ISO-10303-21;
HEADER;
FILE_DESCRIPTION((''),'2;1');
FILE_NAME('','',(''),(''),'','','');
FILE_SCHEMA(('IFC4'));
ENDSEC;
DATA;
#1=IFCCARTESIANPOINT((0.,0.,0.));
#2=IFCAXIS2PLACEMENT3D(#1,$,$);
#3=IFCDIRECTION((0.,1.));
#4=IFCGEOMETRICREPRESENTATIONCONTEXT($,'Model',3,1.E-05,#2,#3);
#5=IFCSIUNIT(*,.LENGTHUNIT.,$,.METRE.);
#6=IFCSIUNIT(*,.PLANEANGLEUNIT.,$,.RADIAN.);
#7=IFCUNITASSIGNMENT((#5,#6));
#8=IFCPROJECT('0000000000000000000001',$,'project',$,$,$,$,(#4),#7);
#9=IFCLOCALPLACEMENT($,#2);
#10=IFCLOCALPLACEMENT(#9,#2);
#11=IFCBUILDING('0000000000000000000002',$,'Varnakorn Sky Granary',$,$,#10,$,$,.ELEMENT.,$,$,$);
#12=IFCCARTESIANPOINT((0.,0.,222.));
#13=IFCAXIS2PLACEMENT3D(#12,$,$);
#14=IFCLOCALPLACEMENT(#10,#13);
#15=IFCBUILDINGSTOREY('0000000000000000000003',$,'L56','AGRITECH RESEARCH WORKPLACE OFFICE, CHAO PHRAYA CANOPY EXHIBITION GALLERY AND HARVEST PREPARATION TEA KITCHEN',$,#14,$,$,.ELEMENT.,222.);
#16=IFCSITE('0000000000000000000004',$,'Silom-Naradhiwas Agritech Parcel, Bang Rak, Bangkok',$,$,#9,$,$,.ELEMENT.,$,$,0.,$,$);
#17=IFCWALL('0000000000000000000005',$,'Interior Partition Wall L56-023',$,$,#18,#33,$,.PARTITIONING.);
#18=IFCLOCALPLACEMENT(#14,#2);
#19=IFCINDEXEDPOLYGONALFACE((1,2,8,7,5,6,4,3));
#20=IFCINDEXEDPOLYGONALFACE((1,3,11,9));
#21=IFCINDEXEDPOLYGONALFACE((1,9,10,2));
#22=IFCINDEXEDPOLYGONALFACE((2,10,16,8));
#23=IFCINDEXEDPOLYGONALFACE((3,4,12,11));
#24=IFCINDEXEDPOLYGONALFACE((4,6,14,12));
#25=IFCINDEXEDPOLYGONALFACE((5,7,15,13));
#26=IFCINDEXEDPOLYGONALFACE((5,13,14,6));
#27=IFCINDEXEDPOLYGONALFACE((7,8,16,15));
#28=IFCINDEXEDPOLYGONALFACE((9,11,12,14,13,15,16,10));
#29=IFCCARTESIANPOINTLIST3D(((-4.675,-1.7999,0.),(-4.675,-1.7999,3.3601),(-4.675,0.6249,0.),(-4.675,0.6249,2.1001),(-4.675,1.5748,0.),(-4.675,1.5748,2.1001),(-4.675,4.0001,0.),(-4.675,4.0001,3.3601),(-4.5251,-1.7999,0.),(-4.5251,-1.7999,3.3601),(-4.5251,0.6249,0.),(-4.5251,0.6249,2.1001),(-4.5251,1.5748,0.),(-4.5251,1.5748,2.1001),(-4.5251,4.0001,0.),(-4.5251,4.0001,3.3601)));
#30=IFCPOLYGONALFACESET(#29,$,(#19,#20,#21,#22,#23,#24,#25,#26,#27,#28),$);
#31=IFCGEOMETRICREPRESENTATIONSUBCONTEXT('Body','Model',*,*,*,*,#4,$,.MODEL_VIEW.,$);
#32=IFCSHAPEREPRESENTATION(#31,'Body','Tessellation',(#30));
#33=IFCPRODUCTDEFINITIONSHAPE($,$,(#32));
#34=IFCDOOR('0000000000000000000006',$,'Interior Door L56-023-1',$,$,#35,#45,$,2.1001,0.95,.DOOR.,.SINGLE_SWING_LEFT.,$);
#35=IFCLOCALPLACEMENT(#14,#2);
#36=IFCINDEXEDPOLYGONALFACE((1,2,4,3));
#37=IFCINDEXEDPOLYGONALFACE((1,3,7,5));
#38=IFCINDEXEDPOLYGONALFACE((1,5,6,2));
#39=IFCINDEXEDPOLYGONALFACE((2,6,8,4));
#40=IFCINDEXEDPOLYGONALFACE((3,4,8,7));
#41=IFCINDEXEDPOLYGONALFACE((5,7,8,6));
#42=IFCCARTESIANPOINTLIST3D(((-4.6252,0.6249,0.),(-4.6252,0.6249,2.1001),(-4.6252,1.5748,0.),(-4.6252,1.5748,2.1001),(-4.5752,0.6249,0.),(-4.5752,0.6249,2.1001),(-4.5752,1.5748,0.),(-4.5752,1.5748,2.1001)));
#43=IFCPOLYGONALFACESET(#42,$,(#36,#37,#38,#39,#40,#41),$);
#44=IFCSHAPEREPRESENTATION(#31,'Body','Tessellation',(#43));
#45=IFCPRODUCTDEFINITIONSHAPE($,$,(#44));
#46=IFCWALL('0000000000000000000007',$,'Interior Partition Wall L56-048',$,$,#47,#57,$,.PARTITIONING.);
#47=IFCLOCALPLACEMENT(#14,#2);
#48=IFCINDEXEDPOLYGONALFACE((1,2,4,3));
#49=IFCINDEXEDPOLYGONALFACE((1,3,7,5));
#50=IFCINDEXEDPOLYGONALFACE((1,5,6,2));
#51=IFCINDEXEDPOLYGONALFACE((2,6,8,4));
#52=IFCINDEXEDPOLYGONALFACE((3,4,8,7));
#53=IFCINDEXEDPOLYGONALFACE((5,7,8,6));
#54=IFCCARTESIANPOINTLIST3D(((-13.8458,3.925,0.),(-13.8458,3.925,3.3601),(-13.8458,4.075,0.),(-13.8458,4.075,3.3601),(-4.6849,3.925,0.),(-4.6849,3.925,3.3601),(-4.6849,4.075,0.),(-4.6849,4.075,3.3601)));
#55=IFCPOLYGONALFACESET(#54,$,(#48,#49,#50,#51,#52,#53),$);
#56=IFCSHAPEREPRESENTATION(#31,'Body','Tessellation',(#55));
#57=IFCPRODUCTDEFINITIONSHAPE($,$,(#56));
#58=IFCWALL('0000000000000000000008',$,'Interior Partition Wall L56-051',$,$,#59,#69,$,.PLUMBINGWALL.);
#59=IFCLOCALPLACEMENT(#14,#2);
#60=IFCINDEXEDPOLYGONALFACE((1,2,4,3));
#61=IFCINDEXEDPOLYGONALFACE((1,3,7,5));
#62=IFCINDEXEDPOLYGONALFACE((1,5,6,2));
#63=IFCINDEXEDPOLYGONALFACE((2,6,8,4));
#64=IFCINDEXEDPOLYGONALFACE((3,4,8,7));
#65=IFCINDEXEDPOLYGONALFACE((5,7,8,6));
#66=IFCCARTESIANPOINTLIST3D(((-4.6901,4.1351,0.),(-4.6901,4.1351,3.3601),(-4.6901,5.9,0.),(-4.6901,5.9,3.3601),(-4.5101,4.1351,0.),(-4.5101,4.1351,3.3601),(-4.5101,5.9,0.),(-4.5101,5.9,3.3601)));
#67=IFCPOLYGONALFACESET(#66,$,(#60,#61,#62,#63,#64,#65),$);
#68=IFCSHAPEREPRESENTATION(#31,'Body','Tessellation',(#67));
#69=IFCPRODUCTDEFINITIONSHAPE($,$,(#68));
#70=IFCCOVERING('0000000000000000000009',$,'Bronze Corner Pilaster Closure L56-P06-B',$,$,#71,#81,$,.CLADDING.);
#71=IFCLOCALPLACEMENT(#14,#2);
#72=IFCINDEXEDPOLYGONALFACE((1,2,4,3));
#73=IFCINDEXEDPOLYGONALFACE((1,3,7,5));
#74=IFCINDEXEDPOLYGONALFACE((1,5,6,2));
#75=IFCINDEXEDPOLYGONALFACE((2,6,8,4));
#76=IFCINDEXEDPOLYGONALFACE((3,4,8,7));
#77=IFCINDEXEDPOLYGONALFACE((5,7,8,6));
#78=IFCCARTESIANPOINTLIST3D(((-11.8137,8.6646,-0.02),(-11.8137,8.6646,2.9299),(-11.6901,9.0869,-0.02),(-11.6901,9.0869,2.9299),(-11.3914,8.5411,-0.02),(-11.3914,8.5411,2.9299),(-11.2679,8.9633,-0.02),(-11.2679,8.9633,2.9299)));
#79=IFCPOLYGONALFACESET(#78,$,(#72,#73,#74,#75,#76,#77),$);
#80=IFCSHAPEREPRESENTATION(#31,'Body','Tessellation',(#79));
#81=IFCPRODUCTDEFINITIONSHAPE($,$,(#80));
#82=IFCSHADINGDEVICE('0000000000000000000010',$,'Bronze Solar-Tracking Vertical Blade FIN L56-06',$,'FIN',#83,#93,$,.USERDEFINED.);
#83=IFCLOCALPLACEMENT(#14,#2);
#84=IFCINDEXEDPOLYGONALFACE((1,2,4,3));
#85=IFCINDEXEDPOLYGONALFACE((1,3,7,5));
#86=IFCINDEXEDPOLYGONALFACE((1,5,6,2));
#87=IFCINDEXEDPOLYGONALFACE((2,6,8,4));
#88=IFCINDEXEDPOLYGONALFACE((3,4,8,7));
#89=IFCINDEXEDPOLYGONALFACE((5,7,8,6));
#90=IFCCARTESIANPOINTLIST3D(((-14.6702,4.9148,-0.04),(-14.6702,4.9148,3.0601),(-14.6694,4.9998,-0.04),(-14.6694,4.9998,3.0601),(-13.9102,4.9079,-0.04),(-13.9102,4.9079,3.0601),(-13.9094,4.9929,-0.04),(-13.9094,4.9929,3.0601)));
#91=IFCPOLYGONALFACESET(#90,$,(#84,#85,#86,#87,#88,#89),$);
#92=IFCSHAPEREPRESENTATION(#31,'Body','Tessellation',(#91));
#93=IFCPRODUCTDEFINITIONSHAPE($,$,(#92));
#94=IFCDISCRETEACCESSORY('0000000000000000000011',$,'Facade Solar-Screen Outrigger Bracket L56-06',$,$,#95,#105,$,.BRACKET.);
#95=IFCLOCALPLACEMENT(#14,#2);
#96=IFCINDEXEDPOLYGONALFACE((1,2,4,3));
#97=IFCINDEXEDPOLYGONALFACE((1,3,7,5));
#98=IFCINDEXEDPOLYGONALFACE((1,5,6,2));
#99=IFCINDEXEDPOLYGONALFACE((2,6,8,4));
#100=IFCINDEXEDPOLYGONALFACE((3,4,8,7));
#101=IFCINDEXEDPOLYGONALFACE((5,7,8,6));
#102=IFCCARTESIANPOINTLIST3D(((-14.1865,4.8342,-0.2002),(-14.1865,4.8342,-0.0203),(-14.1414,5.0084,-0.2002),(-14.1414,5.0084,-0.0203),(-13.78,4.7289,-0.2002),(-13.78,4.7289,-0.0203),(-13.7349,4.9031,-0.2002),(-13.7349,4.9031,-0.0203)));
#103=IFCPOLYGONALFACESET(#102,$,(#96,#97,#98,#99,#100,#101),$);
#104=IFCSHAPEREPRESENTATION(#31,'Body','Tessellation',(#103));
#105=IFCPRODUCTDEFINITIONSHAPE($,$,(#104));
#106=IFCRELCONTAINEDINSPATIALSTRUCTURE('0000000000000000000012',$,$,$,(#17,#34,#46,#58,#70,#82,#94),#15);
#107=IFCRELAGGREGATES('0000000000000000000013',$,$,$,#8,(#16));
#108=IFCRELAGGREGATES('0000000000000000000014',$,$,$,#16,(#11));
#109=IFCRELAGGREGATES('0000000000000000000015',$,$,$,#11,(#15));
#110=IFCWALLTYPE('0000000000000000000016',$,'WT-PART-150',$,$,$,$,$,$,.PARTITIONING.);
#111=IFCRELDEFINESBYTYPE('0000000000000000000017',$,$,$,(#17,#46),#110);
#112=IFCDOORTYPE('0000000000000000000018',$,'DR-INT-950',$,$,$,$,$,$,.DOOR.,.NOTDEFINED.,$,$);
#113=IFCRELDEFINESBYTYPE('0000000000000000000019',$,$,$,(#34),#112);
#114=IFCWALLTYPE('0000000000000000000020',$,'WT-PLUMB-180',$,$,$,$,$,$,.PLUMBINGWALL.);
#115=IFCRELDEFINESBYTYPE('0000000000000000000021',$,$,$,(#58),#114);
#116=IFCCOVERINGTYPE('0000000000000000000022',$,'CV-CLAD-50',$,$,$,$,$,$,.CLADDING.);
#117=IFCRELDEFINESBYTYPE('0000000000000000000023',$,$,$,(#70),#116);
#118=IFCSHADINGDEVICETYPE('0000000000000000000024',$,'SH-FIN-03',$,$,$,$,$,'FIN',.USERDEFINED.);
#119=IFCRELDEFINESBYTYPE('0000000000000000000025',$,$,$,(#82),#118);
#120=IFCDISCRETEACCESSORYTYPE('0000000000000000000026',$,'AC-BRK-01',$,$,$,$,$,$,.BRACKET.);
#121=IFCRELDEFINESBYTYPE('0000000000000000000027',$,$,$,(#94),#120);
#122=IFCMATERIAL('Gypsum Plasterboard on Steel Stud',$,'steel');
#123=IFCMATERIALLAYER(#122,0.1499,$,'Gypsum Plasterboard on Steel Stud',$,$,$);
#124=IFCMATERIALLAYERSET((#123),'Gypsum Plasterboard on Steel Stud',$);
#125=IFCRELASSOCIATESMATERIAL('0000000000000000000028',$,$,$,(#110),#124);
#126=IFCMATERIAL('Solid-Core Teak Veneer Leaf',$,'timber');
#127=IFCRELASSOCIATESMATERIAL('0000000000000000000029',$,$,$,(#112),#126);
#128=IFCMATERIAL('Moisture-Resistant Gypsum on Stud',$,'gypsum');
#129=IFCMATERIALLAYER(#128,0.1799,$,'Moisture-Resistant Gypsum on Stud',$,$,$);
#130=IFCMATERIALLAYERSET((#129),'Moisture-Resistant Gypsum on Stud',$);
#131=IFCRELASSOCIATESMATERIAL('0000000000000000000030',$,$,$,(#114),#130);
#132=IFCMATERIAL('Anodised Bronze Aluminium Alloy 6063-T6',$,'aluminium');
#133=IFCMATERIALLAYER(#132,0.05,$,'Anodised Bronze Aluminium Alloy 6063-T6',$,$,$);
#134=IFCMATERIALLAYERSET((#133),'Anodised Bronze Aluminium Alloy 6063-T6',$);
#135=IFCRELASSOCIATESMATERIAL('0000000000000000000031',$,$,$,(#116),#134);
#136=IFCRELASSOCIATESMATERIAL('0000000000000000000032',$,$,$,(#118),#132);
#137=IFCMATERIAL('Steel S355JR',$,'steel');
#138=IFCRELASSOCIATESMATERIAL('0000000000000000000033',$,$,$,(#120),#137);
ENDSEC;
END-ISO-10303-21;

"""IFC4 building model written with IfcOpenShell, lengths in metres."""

from ifc_helpers import new_model, si_unit, direction, frame, frame_2d, origin, origin_2d, place, context, subcontext, project, spatial, rectangle, extrude, source, transform, mapped, material, layer, layer_set, type_object, type_shapes, element, fill, save


model = new_model("IFC4")

# Units and contexts
model_context = context("Model", 3, precision=1e-05, world=origin(), true_north=direction((0.0, 1.0)))
body_context = subcontext(model_context, "Body", "Model", "MODEL_VIEW")
ifc_project = project(units=[si_unit("LENGTHUNIT", "METRE"), si_unit("PLANEANGLEUNIT", "RADIAN")], contexts=[model_context])

# Site, building, storey
site_placement = place(None, origin())
site = spatial("IfcSite", under=ifc_project, at=site_placement, Name="Silom-Naradhiwas Agritech Parcel, Bang Rak, Bangkok", CompositionType="ELEMENT", RefElevation=0.0)
building_placement = place(site_placement, origin())
building = spatial("IfcBuilding", under=site, at=building_placement, Name="Varnakorn Sky Granary", CompositionType="ELEMENT")
storey_placement = place(building_placement, frame((0.0, 0.0, 222.0)))
storey = spatial("IfcBuildingStorey", under=building, at=storey_placement, Name="L56", Description="AGRITECH RESEARCH WORKPLACE OFFICE, CHAO PHRAYA CANOPY EXHIBITION GALLERY AND HARVEST PREPARATION TEA KITCHEN", CompositionType="ELEMENT", Elevation=222.0)

# Shared definitions
ifc_material_1 = material(Name="Steel S355JR", Category="steel")

# Shared definitions
ifc_material_2 = material(Name="Anodised Bronze Aluminium Alloy 6063-T6", Category="aluminium")

# Wall, opening, door
ifc_material_3 = material(Name="Gypsum Plasterboard on Steel Stud", Category="steel")
ifc_layer_1 = layer(ifc_material_3, 0.1499, Name="Gypsum Plasterboard on Steel Stud")
ifc_layer_set_1 = layer_set([ifc_layer_1], Name="Gypsum Plasterboard on Steel Stud")
wall_type_1 = type_object("IfcWallType", Name="WT-PART-150", PredefinedType="PARTITIONING", material=ifc_layer_set_1)
wall_1_placement = place(storey_placement, frame((-4.6001, 4.0, 0.0), z_axis=(0.0, 0.0, 1.0), x_axis=(0.0, -1.0, 0.0)))
wall_1 = element("IfcWall", 1, at=wall_1_placement, inside=storey, type_object=wall_type_1, Name="Interior Partition Wall L56-023", PredefinedType="PARTITIONING", context=body_context, shape_type="SweptSolid", body=[
    extrude(rectangle(XDim=5.8, YDim=0.1499, at=frame_2d((2.8999, 0.0))), origin(), (0.0, 0.0, 1.0), 3.3601),
])
opening_placement = place(wall_1_placement, frame((2.425, 0.0, 0.0)))
opening = element("IfcOpeningElement", 2, at=opening_placement, cuts=wall_1, PredefinedType="OPENING", context=body_context, shape_type="SweptSolid", body=[
    extrude(rectangle(XDim=0.95, YDim=2.1001, at=frame_2d((0.4751, 1.05))), frame((0.0, 0.085, 0.0), z_axis=(0.0, -1.0, 0.0), x_axis=(1.0, 0.0, 0.0)), (0.0, 0.0, 1.0), 0.1699),
])
ifc_material_4 = material(Name="Solid-Core Teak Veneer Leaf", Category="timber")
door_type = type_object("IfcDoorType", Name="DR-INT-950", OperationType="NOTDEFINED", PredefinedType="DOOR", material=ifc_material_4)
door_placement = place(opening_placement, origin())
door = element("IfcDoor", 3, at=door_placement, inside=storey, type_object=door_type, Name="Interior Door L56-023-1", OperationType="SINGLE_SWING_LEFT", OverallHeight=2.1001, OverallWidth=0.95, PredefinedType="DOOR", context=body_context, shape_type="SweptSolid", body=[
    extrude(rectangle(XDim=0.95, YDim=2.1001, at=frame_2d((0.4751, 1.05))), frame((0.0, 0.0249, 0.0), z_axis=(0.0, -1.0, 0.0), x_axis=(1.0, 0.0, 0.0)), (0.0, 0.0, 1.0), 0.05),
])
fill(opening, door)

# Walls
wall_2_placement = place(storey_placement, frame((-13.8459, 4.0, 0.0), z_axis=(0.0, 0.0, 1.0), x_axis=(1.0, 0.0, 0.0)))
element("IfcWall", 4, at=wall_2_placement, inside=storey, type_object=wall_type_1, Name="Interior Partition Wall L56-048", PredefinedType="PARTITIONING", context=body_context, shape_type="SweptSolid", body=[
    extrude(rectangle(XDim=9.1609, YDim=0.1499, at=frame_2d((4.5806, 0.0))), origin(), (0.0, 0.0, 1.0), 3.3601),
])
ifc_material_5 = material(Name="Moisture-Resistant Gypsum on Stud", Category="gypsum")
ifc_layer_2 = layer(ifc_material_5, 0.1799, Name="Moisture-Resistant Gypsum on Stud")
ifc_layer_set_2 = layer_set([ifc_layer_2], Name="Moisture-Resistant Gypsum on Stud")
wall_type_2 = type_object("IfcWallType", Name="WT-PLUMB-180", PredefinedType="PLUMBINGWALL", material=ifc_layer_set_2)
wall_3_placement = place(storey_placement, frame((-4.6001, 5.8999, 0.0), z_axis=(0.0, 0.0, 1.0), x_axis=(0.0, -1.0, 0.0)))
element("IfcWall", 5, at=wall_3_placement, inside=storey, type_object=wall_type_2, Name="Interior Partition Wall L56-051", PredefinedType="PLUMBINGWALL", context=body_context, shape_type="SweptSolid", body=[
    extrude(rectangle(XDim=1.7649, YDim=0.1799, at=frame_2d((0.8823, 0.0))), origin(), (0.0, 0.0, 1.0), 3.3601),
])

# Covering
ifc_layer_3 = layer(ifc_material_2, 0.05, Name="Anodised Bronze Aluminium Alloy 6063-T6")
ifc_layer_set_3 = layer_set([ifc_layer_3], Name="Anodised Bronze Aluminium Alloy 6063-T6")
covering_type = type_object("IfcCoveringType", Name="CV-CLAD-50", PredefinedType="CLADDING", material=ifc_layer_set_3)
shared_shape_1 = source(origin(), body_context, "Body", "SweptSolid", [
    extrude(rectangle(XDim=0.4399, YDim=0.4399, at=origin_2d()), origin(), (0.0, 0.0, 1.0), 2.95),
])
type_shapes(covering_type, [shared_shape_1])
covering_placement = place(storey_placement, frame((-11.5408, 8.814, -0.02), z_axis=(0.0, 0.0, 1.0), x_axis=(0.280834, 0.959756, 0.0)))
element("IfcCovering", 6, at=covering_placement, inside=storey, type_object=covering_type, Name="Bronze Corner Pilaster Closure L56-P06-B", PredefinedType="CLADDING", context=body_context, shape_type="MappedRepresentation", body=[
    mapped(shared_shape_1, transform((0.0, 0.0, 0.0), x_axis=(1.0, 0.0, 0.0), y_axis=(0.0, 1.0, 0.0), z_axis=(0.0, 0.0, 1.0), scale=1.0)),
])

# Shading device
shading_device_type = type_object("IfcShadingDeviceType", Name="SH-FIN-03", ElementType="FIN", PredefinedType="USERDEFINED", material=ifc_material_2)
shared_shape_2 = source(origin(), body_context, "Body", "SweptSolid", [
    extrude(rectangle(XDim=0.085, YDim=0.76, at=origin_2d()), origin(), (0.0, 0.0, 1.0), 3.1001),
])
type_shapes(shading_device_type, [shared_shape_2])
shading_device_placement = place(storey_placement, frame((-14.2898, 4.9539, -0.04), z_axis=(0.0, 0.0, 1.0), x_axis=(-0.00908, -0.999959, 0.0)))
element("IfcShadingDevice", 7, at=shading_device_placement, inside=storey, type_object=shading_device_type, Name="Bronze Solar-Tracking Vertical Blade FIN L56-06", ObjectType="FIN", PredefinedType="USERDEFINED", context=body_context, shape_type="MappedRepresentation", body=[
    mapped(shared_shape_2, transform((0.0, 0.0, 0.0), x_axis=(1.0, 0.0, 0.0), y_axis=(0.0, 1.0, 0.0), z_axis=(0.0, 0.0, 1.0), scale=1.0)),
])

# Discrete accessory
discrete_accessory_type = type_object("IfcDiscreteAccessoryType", Name="AC-BRK-01", PredefinedType="BRACKET", material=ifc_material_1)
shared_shape_3 = source(origin(), body_context, "Body", "SweptSolid", [
    extrude(rectangle(XDim=0.1799, YDim=0.4199, at=origin_2d()), origin(), (0.0, 0.0, 1.0), 0.1799),
])
type_shapes(discrete_accessory_type, [shared_shape_3])
discrete_accessory_placement = place(storey_placement, frame((-13.9607, 4.8687, -0.2002), z_axis=(0.0, 0.0, 1.0), x_axis=(-0.250568, -0.968099, 0.0)))
element("IfcDiscreteAccessory", 8, at=discrete_accessory_placement, inside=storey, type_object=discrete_accessory_type, Name="Facade Solar-Screen Outrigger Bracket L56-06", PredefinedType="BRACKET", context=body_context, shape_type="MappedRepresentation", body=[
    mapped(shared_shape_3, transform((0.0, 0.0, 0.0), x_axis=(1.0, 0.0, 0.0), y_axis=(0.0, 1.0, 0.0), z_axis=(0.0, 0.0, 1.0), scale=1.0)),
])

save(model, "model.ifc")
